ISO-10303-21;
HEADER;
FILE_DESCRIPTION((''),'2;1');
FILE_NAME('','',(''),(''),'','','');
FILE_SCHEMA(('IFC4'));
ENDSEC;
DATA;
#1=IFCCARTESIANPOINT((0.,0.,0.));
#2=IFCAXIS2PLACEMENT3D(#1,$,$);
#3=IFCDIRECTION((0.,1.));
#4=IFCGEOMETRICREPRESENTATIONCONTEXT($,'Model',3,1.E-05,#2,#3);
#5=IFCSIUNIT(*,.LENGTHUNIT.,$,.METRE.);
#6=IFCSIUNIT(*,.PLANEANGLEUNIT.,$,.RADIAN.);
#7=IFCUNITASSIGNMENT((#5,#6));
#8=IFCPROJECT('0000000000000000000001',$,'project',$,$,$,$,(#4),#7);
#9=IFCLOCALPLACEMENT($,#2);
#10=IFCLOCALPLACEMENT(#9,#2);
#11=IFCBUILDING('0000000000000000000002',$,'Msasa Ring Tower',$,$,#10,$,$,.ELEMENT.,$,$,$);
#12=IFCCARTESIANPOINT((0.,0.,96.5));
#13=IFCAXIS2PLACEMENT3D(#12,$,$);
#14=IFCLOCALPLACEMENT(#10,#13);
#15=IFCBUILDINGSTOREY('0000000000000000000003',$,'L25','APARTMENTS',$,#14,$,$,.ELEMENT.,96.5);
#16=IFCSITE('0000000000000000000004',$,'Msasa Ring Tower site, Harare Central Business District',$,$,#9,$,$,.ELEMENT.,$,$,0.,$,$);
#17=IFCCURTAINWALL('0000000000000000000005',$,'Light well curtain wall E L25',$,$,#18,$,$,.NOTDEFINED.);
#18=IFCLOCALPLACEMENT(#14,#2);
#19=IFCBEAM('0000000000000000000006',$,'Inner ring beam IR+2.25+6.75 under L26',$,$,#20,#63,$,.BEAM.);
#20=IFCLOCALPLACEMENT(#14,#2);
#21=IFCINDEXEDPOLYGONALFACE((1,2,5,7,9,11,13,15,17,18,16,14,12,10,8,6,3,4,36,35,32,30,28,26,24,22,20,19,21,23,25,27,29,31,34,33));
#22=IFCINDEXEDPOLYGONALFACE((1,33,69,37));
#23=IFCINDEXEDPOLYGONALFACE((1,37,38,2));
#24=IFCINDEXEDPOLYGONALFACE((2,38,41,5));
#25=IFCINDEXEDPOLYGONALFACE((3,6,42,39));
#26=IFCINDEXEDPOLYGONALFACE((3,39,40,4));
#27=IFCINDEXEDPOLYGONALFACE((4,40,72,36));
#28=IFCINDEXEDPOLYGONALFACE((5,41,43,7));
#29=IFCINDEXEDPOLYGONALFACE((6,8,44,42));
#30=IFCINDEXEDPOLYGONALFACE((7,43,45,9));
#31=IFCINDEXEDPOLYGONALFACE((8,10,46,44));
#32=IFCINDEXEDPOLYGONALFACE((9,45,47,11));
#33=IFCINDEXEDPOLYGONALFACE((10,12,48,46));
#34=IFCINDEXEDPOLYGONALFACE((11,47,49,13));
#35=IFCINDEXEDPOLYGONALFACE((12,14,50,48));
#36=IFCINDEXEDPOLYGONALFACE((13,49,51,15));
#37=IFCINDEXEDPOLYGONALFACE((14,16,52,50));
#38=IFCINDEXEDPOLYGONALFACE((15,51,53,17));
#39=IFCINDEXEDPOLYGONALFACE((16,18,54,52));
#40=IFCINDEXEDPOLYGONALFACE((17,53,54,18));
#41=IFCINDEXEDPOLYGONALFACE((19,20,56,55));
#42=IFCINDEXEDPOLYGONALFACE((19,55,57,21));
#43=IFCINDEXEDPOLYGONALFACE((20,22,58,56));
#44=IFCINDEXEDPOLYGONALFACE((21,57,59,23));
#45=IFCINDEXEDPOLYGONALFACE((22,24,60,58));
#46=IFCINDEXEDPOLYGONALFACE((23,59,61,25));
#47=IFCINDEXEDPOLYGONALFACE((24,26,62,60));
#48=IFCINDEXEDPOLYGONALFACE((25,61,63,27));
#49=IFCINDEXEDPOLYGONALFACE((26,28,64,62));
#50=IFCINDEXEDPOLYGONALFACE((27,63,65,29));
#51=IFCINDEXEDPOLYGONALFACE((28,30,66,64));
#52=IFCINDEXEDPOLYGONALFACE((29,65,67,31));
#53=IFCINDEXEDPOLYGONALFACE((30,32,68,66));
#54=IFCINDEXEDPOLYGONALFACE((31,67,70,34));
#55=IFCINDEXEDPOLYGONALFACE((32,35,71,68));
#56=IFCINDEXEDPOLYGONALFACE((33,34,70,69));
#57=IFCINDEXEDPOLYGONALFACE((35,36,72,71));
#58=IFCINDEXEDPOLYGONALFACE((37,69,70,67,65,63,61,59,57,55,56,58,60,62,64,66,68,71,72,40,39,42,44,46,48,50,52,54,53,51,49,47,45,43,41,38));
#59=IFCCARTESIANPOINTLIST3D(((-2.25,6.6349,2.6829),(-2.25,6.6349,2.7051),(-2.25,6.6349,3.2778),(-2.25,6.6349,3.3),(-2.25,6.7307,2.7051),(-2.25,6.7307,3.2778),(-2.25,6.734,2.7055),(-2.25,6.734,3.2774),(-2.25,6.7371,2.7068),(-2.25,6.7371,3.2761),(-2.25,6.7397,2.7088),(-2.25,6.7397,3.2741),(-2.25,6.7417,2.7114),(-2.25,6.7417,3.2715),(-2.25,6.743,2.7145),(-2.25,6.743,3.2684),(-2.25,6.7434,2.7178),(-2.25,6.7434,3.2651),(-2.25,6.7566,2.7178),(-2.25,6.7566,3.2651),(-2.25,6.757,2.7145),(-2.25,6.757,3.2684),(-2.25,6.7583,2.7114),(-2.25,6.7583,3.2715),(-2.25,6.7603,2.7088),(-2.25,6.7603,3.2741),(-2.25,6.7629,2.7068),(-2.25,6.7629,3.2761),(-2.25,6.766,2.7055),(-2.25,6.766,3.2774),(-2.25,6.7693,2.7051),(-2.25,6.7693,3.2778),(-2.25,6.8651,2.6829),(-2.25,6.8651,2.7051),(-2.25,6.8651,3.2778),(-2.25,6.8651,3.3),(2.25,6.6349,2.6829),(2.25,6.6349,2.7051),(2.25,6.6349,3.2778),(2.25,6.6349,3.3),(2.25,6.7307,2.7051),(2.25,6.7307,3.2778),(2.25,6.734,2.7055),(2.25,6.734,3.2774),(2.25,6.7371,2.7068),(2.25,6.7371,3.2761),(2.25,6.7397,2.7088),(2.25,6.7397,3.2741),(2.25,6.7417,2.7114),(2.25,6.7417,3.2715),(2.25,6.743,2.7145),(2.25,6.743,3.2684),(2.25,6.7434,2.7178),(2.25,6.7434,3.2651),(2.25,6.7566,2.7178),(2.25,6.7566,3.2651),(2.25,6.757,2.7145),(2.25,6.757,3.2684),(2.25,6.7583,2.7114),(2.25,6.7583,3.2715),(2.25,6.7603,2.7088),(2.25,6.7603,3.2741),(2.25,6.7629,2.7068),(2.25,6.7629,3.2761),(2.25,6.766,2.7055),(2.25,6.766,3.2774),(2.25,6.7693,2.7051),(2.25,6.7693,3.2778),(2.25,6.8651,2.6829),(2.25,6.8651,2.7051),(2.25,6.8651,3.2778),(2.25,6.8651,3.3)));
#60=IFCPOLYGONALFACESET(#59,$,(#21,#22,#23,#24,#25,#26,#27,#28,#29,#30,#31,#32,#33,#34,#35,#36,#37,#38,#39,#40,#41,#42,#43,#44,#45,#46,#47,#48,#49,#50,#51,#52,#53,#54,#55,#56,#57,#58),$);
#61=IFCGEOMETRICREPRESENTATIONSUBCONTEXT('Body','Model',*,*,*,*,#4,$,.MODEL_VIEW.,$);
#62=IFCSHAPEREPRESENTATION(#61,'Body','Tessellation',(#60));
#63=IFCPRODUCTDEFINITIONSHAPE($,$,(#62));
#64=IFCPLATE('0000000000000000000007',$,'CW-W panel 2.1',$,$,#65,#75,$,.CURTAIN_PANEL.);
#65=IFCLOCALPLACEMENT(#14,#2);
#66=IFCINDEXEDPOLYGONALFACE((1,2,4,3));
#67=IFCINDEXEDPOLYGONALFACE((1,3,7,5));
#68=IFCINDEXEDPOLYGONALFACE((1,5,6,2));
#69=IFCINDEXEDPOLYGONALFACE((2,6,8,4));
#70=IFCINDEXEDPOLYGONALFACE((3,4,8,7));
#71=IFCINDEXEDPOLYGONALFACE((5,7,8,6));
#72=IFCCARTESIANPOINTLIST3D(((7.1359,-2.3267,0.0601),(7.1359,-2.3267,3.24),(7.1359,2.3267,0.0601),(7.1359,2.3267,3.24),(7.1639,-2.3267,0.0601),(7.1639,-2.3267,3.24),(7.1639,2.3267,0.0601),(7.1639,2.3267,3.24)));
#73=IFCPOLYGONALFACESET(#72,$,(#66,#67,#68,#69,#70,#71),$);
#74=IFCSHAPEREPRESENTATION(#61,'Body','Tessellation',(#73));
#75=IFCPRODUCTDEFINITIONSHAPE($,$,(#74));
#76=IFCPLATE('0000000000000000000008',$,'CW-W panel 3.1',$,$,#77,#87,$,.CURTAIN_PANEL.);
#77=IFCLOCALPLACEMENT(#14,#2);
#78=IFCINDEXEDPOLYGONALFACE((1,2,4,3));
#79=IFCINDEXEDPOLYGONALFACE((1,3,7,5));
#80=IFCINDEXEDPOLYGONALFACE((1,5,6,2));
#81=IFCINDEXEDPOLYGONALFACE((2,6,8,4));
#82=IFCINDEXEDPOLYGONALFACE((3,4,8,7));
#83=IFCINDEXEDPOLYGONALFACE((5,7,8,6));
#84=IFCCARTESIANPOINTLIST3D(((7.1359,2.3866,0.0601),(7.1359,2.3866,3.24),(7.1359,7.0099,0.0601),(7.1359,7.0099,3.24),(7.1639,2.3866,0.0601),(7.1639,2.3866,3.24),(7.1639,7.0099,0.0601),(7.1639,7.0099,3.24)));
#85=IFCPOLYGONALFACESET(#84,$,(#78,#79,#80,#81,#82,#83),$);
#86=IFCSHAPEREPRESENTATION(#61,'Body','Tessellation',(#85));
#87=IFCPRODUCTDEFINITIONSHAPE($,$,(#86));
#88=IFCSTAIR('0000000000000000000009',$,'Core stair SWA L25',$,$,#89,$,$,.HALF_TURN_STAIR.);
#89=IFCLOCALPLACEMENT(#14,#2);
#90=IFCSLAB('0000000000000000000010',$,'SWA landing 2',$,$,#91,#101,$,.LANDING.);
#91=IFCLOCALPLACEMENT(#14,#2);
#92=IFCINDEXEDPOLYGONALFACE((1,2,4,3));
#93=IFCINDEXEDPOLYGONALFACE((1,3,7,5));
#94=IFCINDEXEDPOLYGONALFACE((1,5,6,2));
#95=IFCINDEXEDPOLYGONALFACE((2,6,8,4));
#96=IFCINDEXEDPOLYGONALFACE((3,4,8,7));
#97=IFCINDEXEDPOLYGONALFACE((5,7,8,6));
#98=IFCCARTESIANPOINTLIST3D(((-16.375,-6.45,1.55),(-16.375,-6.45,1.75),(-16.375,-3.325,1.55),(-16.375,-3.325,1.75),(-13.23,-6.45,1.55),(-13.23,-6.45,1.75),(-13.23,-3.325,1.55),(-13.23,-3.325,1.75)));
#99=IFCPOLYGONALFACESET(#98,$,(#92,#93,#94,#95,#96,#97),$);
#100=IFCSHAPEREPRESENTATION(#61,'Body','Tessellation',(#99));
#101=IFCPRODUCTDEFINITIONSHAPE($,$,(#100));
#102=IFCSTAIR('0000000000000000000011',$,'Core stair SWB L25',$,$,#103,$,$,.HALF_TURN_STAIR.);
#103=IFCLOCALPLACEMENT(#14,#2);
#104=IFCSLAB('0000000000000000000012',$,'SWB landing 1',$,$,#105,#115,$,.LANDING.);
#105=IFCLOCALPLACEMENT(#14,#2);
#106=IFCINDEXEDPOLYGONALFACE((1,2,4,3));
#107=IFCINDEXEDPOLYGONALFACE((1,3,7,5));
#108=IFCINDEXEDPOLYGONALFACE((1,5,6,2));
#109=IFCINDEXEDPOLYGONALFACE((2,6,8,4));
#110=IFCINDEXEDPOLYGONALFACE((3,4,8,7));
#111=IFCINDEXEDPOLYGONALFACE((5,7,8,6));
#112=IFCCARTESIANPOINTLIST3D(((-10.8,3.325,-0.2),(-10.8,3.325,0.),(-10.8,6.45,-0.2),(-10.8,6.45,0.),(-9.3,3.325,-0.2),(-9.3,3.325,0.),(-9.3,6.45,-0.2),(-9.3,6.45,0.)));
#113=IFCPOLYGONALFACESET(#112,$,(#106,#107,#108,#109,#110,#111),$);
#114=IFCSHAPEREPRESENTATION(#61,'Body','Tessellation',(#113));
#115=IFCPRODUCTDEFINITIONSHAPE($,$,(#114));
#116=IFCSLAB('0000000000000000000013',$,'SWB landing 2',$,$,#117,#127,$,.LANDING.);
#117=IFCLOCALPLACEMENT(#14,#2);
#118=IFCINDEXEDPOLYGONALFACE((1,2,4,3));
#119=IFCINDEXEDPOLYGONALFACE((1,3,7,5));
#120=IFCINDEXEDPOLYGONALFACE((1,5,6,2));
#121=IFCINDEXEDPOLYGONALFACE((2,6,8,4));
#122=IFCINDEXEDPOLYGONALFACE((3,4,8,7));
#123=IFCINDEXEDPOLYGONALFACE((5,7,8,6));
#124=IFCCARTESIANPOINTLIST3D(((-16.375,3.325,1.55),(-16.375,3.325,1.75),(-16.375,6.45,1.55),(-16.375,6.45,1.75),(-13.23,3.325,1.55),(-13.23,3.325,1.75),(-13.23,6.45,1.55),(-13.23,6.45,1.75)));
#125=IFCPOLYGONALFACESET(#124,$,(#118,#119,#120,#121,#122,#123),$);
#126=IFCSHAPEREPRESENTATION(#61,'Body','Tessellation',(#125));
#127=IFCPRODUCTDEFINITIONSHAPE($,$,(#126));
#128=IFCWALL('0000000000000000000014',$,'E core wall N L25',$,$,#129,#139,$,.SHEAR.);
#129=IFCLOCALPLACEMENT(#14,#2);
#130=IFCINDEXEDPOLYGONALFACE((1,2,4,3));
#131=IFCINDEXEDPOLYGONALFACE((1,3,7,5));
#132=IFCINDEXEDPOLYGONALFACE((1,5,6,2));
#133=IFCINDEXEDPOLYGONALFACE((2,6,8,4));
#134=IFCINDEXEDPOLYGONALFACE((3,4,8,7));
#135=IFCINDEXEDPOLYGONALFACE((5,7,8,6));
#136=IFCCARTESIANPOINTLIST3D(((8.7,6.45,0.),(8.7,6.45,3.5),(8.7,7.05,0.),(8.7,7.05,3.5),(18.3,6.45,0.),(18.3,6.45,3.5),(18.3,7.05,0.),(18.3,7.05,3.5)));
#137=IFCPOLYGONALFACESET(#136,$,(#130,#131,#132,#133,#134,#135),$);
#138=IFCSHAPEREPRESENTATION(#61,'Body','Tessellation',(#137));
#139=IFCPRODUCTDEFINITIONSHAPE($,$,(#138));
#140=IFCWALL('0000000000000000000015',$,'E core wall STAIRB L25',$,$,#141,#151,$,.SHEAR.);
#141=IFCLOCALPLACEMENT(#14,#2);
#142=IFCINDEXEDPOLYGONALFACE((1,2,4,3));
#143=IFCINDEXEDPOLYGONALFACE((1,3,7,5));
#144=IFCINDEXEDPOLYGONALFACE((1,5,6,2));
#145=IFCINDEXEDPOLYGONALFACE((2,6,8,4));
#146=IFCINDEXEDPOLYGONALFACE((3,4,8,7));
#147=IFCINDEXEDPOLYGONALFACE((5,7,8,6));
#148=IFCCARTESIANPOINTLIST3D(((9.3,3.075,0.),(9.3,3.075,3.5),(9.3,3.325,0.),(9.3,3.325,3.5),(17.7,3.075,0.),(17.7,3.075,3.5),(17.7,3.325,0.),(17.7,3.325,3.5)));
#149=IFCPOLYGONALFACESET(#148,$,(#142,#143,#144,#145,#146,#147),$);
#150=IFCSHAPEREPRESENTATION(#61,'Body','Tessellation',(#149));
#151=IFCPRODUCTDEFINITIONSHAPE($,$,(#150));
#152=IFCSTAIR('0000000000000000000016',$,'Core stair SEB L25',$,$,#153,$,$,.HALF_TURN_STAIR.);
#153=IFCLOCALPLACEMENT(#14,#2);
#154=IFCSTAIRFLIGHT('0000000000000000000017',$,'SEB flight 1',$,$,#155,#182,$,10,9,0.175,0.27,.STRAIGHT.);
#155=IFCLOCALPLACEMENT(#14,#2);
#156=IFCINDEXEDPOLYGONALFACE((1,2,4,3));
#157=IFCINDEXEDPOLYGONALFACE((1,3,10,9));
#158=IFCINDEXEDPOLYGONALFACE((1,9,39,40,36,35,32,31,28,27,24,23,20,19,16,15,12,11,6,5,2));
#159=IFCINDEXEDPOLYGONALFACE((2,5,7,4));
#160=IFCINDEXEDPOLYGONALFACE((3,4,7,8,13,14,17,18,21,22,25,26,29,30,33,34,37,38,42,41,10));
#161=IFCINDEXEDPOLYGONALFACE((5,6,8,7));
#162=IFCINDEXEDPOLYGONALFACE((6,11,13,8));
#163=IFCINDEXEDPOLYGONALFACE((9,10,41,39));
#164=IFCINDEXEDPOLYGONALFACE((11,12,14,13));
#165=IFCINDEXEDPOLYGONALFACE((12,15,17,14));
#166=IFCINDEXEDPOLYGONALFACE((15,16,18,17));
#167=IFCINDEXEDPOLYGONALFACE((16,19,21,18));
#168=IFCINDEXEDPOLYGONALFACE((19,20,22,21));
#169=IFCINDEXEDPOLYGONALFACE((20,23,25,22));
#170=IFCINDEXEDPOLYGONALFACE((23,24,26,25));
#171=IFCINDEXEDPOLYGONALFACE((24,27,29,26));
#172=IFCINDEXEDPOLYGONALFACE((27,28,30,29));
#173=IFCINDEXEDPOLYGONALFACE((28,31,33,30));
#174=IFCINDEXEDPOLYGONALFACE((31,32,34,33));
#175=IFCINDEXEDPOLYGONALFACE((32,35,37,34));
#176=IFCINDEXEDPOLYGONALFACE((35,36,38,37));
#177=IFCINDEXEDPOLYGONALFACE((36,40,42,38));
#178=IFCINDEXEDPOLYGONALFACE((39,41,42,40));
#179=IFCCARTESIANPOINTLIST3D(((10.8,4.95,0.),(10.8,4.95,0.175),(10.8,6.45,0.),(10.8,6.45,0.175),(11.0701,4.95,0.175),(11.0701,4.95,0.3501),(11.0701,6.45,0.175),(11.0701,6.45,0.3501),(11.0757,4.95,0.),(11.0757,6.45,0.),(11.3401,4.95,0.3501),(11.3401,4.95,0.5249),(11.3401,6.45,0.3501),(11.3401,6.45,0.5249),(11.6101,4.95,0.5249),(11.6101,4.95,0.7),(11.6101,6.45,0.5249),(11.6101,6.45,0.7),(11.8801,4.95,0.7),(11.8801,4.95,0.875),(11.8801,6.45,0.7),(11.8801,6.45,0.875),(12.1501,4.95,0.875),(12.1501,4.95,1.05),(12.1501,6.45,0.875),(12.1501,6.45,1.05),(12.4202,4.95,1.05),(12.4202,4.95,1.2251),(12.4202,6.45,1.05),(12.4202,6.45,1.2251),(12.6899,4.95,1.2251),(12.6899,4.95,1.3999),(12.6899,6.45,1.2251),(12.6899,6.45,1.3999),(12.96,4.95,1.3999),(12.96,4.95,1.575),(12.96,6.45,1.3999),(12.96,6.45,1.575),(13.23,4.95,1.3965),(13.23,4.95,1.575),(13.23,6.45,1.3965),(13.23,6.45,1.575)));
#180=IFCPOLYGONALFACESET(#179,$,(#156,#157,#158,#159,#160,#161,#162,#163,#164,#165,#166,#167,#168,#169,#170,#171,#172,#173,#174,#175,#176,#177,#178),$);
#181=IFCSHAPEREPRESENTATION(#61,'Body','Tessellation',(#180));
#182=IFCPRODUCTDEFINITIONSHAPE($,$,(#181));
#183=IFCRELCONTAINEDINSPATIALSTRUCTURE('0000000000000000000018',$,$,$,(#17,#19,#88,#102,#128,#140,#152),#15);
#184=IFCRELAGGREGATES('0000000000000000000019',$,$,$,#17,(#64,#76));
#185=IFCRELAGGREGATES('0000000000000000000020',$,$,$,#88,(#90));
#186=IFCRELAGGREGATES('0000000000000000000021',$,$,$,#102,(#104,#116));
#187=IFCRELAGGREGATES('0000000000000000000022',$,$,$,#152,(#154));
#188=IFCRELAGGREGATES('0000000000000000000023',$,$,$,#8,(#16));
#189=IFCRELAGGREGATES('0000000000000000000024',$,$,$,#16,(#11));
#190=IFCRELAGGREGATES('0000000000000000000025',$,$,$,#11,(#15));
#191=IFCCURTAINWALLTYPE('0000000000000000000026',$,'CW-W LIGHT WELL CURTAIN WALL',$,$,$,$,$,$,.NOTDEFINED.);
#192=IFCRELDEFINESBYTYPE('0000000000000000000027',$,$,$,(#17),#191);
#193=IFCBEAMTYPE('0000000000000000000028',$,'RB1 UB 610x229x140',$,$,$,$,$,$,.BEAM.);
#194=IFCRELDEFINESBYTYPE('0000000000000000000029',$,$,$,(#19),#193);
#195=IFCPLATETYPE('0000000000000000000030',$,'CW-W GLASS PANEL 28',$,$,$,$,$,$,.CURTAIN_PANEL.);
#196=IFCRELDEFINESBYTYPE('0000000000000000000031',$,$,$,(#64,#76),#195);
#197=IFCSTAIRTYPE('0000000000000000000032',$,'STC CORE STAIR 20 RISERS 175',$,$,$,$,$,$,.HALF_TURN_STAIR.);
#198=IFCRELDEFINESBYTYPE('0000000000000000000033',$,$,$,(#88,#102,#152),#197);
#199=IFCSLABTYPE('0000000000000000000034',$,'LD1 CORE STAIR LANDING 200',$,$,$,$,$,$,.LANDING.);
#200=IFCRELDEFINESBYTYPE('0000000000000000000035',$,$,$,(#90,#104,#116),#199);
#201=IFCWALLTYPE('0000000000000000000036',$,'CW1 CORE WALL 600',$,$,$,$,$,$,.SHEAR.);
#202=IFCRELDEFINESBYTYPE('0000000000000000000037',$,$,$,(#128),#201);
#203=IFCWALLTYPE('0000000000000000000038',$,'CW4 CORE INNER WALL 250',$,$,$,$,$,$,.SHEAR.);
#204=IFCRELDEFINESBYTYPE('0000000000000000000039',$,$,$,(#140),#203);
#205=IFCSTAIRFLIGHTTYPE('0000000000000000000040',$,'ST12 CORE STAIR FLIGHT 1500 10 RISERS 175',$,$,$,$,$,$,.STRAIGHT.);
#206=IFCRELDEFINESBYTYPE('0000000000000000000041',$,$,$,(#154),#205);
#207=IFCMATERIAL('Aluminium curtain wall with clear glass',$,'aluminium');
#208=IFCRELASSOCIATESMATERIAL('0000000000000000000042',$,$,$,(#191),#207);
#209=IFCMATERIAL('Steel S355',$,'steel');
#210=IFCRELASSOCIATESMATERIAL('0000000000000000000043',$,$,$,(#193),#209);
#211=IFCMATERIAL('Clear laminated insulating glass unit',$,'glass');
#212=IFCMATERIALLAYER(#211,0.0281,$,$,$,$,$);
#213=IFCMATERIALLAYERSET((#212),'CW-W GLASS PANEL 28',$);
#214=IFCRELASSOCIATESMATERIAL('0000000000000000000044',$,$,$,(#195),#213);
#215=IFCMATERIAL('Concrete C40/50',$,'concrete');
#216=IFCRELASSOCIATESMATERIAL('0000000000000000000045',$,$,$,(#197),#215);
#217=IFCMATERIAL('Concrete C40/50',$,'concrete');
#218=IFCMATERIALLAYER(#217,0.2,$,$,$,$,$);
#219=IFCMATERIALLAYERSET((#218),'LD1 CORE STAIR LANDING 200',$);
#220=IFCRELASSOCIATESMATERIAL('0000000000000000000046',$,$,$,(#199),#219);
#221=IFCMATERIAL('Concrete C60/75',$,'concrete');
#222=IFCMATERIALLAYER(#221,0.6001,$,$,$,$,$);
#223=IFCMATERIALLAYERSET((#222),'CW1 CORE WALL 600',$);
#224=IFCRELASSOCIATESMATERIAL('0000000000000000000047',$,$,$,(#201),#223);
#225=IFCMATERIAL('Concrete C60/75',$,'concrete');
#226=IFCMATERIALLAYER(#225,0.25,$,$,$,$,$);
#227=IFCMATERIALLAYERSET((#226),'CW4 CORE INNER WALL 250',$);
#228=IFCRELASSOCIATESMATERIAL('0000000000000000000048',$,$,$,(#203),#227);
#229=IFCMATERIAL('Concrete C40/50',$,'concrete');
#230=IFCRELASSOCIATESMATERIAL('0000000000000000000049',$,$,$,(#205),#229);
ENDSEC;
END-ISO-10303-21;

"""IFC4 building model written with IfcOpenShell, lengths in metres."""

from ifc_helpers import new_model, si_unit, direction, frame, frame_2d, origin, origin_2d, place, context, subcontext, project, spatial, polyline, rectangle, i_section, outline, extrude, material, layer, layer_set, material_profile, profile_set, type_object, element, aggregate, save


model = new_model("IFC4")

# Units and contexts
model_context = context("Model", 3, precision=1e-05, world=origin(), true_north=direction((0.0, 1.0)))
body_context = subcontext(model_context, "Body", "Model", "MODEL_VIEW")
ifc_project = project(units=[si_unit("LENGTHUNIT", "METRE"), si_unit("PLANEANGLEUNIT", "RADIAN")], contexts=[model_context])

# Site, building, storey
site_placement = place(None, origin())
site = spatial("IfcSite", under=ifc_project, at=site_placement, Name="Msasa Ring Tower site, Harare Central Business District", CompositionType="ELEMENT", RefElevation=0.0)
building_placement = place(site_placement, origin())
building = spatial("IfcBuilding", under=site, at=building_placement, Name="Msasa Ring Tower", CompositionType="ELEMENT")
storey_placement = place(building_placement, frame((0.0, 0.0, 96.5)))
storey = spatial("IfcBuildingStorey", under=building, at=storey_placement, Name="L25", Description="APARTMENTS", CompositionType="ELEMENT", Elevation=96.5)

# Curtain wall
ifc_material_1 = material(Name="Aluminium curtain wall with clear glass", Category="aluminium")
curtain_wall_type = type_object("IfcCurtainWallType", Name="CW-W LIGHT WELL CURTAIN WALL", PredefinedType="NOTDEFINED", material=ifc_material_1)
curtain_wall_placement = place(storey_placement, origin())
curtain_wall = element("IfcCurtainWall", 1, at=curtain_wall_placement, inside=storey, type_object=curtain_wall_type, Name="Light well curtain wall E L25", PredefinedType="NOTDEFINED")

# Beam
ifc_material_2 = material(Name="Steel S355", Category="steel")
ifc_material_profile_1 = material_profile(ifc_material_2, i_section(OverallWidth=0.2302, OverallDepth=0.6172, WebThickness=0.0132, FlangeThickness=0.0222, FilletRadius=0.0127, at=origin_2d()), Name="UB 610x229x140")
ifc_profile_set_1 = profile_set([ifc_material_profile_1], Name="Steel S355")
beam_type = type_object("IfcBeamType", Name="RB1 UB 610x229x140", PredefinedType="BEAM", material=ifc_profile_set_1)
for number, where, z_axis, x_axis, name in (
    (2, (2.25, 6.75, 2.9915), (-1.0, 0.0, 0.0), (0.0, -1.0, 0.0), "Inner ring beam IR+2.25+6.75 under L26"),
):
    element("IfcBeam", number, at=place(storey_placement, frame(where, z_axis=z_axis, x_axis=x_axis)), inside=storey, type_object=beam_type, Name=name, PredefinedType="BEAM", context=body_context, shape_type="SweptSolid", body=[
        extrude(i_section(OverallWidth=0.2302, OverallDepth=0.6172, WebThickness=0.0132, FlangeThickness=0.0222, FilletRadius=0.0127, at=origin_2d()), origin(), (0.0, 0.0, 1.0), 4.5),
    ])

# Plates
ifc_material_3 = material(Name="Clear laminated insulating glass unit", Category="glass")
ifc_layer_1 = layer(ifc_material_3, 0.0281)
ifc_layer_set_1 = layer_set([ifc_layer_1], Name="CW-W GLASS PANEL 28")
plate_type = type_object("IfcPlateType", Name="CW-W GLASS PANEL 28", PredefinedType="CURTAIN_PANEL", material=ifc_layer_set_1)
plate_1_placement = place(storey_placement, frame((7.1499, 0.0, 0.0601), z_axis=(0.0, 0.0, 1.0), x_axis=(0.0, 1.0, 0.0)))
plate_1 = element("IfcPlate", 3, at=plate_1_placement, type_object=plate_type, Name="CW-W panel 2.1", PredefinedType="CURTAIN_PANEL", context=body_context, shape_type="SweptSolid", body=[
    extrude(rectangle(XDim=4.6533, YDim=0.0281, at=origin_2d()), origin(), (0.0, 0.0, 1.0), 3.1799),
])
plate_2_placement = place(storey_placement, frame((7.1499, 4.6982, 0.0601), z_axis=(0.0, 0.0, 1.0), x_axis=(0.0, 1.0, 0.0)))
plate_2 = element("IfcPlate", 4, at=plate_2_placement, type_object=plate_type, Name="CW-W panel 3.1", PredefinedType="CURTAIN_PANEL", context=body_context, shape_type="SweptSolid", body=[
    extrude(rectangle(XDim=4.6233, YDim=0.0281, at=origin_2d()), origin(), (0.0, 0.0, 1.0), 3.1799),
])
aggregate(curtain_wall, [plate_1, plate_2])

# Stair, slab
ifc_material_4 = material(Name="Concrete C40/50", Category="concrete")
stair_type = type_object("IfcStairType", Name="STC CORE STAIR 20 RISERS 175", PredefinedType="HALF_TURN_STAIR", material=ifc_material_4)
stair_1_placement = place(storey_placement, origin())
stair_1 = element("IfcStair", 5, at=stair_1_placement, inside=storey, type_object=stair_type, Name="Core stair SWA L25", PredefinedType="HALF_TURN_STAIR")
ifc_material_5 = material(Name="Concrete C40/50", Category="concrete")
ifc_layer_2 = layer(ifc_material_5, 0.2)
ifc_layer_set_2 = layer_set([ifc_layer_2], Name="LD1 CORE STAIR LANDING 200")
slab_type = type_object("IfcSlabType", Name="LD1 CORE STAIR LANDING 200", PredefinedType="LANDING", material=ifc_layer_set_2)
slab_1_placement = place(storey_placement, frame((0.0, 0.0, 1.55)))
slab_1 = element("IfcSlab", 6, at=slab_1_placement, type_object=slab_type, Name="SWA landing 2", PredefinedType="LANDING", context=body_context, shape_type="SweptSolid", body=[
    extrude(outline(polyline([(-16.375, -6.45), (-13.23, -6.45), (-13.23, -3.325), (-16.375, -3.325), (-16.375, -6.45)])), origin(), (0.0, 0.0, 1.0), 0.2),
])
aggregate(stair_1, [slab_1])

# Stair, slabs
stair_2_placement = place(storey_placement, origin())
stair_2 = element("IfcStair", 7, at=stair_2_placement, inside=storey, type_object=stair_type, Name="Core stair SWB L25", PredefinedType="HALF_TURN_STAIR")
slab_2_placement = place(storey_placement, frame((0.0, 0.0, -0.2)))
slab_2 = element("IfcSlab", 8, at=slab_2_placement, type_object=slab_type, Name="SWB landing 1", PredefinedType="LANDING", context=body_context, shape_type="SweptSolid", body=[
    extrude(outline(polyline([(-10.8, 3.325), (-9.3, 3.325), (-9.3, 6.45), (-10.8, 6.45), (-10.8, 3.325)])), origin(), (0.0, 0.0, 1.0), 0.2),
])
slab_3_placement = place(storey_placement, frame((0.0, 0.0, 1.55)))
slab_3 = element("IfcSlab", 9, at=slab_3_placement, type_object=slab_type, Name="SWB landing 2", PredefinedType="LANDING", context=body_context, shape_type="SweptSolid", body=[
    extrude(outline(polyline([(-16.375, 3.325), (-13.23, 3.325), (-13.23, 6.45), (-16.375, 6.45), (-16.375, 3.325)])), origin(), (0.0, 0.0, 1.0), 0.2),
])
aggregate(stair_2, [slab_2, slab_3])

# Walls
ifc_material_6 = material(Name="Concrete C60/75", Category="concrete")
ifc_layer_3 = layer(ifc_material_6, 0.6001)
ifc_layer_set_3 = layer_set([ifc_layer_3], Name="CW1 CORE WALL 600")
wall_type_1 = type_object("IfcWallType", Name="CW1 CORE WALL 600", PredefinedType="SHEAR", material=ifc_layer_set_3)
wall_1_placement = place(storey_placement, frame((8.7, 6.75, 0.0), z_axis=(0.0, 0.0, 1.0), x_axis=(1.0, 0.0, 0.0)))
element("IfcWall", 10, at=wall_1_placement, inside=storey, type_object=wall_type_1, Name="E core wall N L25", PredefinedType="SHEAR", context=body_context, shape_type="SweptSolid", body=[
    extrude(rectangle(XDim=9.6001, YDim=0.6001, at=frame_2d((4.8, 0.0))), origin(), (0.0, 0.0, 1.0), 3.5),
])
ifc_material_7 = material(Name="Concrete C60/75", Category="concrete")
ifc_layer_4 = layer(ifc_material_7, 0.25)
ifc_layer_set_4 = layer_set([ifc_layer_4], Name="CW4 CORE INNER WALL 250")
wall_type_2 = type_object("IfcWallType", Name="CW4 CORE INNER WALL 250", PredefinedType="SHEAR", material=ifc_layer_set_4)
wall_2_placement = place(storey_placement, frame((9.3, 3.2, 0.0), z_axis=(0.0, 0.0, 1.0), x_axis=(1.0, 0.0, 0.0)))
element("IfcWall", 11, at=wall_2_placement, inside=storey, type_object=wall_type_2, Name="E core wall STAIRB L25", PredefinedType="SHEAR", context=body_context, shape_type="SweptSolid", body=[
    extrude(rectangle(XDim=8.3999, YDim=0.25, at=frame_2d((4.2, 0.0))), origin(), (0.0, 0.0, 1.0), 3.5),
])

# Stair, stair flight
stair_3_placement = place(storey_placement, origin())
stair_3 = element("IfcStair", 12, at=stair_3_placement, inside=storey, type_object=stair_type, Name="Core stair SEB L25", PredefinedType="HALF_TURN_STAIR")
ifc_material_8 = material(Name="Concrete C40/50", Category="concrete")
stair_flight_type = type_object("IfcStairFlightType", Name="ST12 CORE STAIR FLIGHT 1500 10 RISERS 175", PredefinedType="STRAIGHT", material=ifc_material_8)
stair_flight_placement = place(storey_placement, frame((10.8, 5.7, 0.0), z_axis=(0.0, 0.0, 1.0), x_axis=(1.0, 0.0, 0.0)))
stair_flight = element("IfcStairFlight", 13, at=stair_flight_placement, type_object=stair_flight_type, Name="SEB flight 1", NumberOfRisers=10, NumberOfTreads=9, PredefinedType="STRAIGHT", RiserHeight=0.175, TreadLength=0.27, context=body_context, shape_type="SweptSolid", body=[
    extrude(outline(polyline([(0.0, 0.0), (0.0, 0.175), (0.27, 0.175), (0.27, 0.3501), (0.54, 0.3501), (0.54, 0.5249), (0.8101, 0.5249), (0.8101, 0.7), (1.0801, 0.7), (1.0801, 0.875), (1.3501, 0.875), (1.3501, 1.05), (1.6201, 1.05), (1.6201, 1.2251), (1.8899, 1.2251), (1.8899, 1.3999), (2.1599, 1.3999), (2.1599, 1.575), (2.4299, 1.575), (2.4299, 1.75), (2.4299, 1.3965), (0.2756, 0.0), (0.0, 0.0)])), frame((0.0, 0.75, 0.0), z_axis=(0.0, -1.0, 0.0), x_axis=(1.0, 0.0, 0.0)), (0.0, 0.0, 1.0), 1.5),
])
aggregate(stair_3, [stair_flight])

save(model, "model.ifc")
